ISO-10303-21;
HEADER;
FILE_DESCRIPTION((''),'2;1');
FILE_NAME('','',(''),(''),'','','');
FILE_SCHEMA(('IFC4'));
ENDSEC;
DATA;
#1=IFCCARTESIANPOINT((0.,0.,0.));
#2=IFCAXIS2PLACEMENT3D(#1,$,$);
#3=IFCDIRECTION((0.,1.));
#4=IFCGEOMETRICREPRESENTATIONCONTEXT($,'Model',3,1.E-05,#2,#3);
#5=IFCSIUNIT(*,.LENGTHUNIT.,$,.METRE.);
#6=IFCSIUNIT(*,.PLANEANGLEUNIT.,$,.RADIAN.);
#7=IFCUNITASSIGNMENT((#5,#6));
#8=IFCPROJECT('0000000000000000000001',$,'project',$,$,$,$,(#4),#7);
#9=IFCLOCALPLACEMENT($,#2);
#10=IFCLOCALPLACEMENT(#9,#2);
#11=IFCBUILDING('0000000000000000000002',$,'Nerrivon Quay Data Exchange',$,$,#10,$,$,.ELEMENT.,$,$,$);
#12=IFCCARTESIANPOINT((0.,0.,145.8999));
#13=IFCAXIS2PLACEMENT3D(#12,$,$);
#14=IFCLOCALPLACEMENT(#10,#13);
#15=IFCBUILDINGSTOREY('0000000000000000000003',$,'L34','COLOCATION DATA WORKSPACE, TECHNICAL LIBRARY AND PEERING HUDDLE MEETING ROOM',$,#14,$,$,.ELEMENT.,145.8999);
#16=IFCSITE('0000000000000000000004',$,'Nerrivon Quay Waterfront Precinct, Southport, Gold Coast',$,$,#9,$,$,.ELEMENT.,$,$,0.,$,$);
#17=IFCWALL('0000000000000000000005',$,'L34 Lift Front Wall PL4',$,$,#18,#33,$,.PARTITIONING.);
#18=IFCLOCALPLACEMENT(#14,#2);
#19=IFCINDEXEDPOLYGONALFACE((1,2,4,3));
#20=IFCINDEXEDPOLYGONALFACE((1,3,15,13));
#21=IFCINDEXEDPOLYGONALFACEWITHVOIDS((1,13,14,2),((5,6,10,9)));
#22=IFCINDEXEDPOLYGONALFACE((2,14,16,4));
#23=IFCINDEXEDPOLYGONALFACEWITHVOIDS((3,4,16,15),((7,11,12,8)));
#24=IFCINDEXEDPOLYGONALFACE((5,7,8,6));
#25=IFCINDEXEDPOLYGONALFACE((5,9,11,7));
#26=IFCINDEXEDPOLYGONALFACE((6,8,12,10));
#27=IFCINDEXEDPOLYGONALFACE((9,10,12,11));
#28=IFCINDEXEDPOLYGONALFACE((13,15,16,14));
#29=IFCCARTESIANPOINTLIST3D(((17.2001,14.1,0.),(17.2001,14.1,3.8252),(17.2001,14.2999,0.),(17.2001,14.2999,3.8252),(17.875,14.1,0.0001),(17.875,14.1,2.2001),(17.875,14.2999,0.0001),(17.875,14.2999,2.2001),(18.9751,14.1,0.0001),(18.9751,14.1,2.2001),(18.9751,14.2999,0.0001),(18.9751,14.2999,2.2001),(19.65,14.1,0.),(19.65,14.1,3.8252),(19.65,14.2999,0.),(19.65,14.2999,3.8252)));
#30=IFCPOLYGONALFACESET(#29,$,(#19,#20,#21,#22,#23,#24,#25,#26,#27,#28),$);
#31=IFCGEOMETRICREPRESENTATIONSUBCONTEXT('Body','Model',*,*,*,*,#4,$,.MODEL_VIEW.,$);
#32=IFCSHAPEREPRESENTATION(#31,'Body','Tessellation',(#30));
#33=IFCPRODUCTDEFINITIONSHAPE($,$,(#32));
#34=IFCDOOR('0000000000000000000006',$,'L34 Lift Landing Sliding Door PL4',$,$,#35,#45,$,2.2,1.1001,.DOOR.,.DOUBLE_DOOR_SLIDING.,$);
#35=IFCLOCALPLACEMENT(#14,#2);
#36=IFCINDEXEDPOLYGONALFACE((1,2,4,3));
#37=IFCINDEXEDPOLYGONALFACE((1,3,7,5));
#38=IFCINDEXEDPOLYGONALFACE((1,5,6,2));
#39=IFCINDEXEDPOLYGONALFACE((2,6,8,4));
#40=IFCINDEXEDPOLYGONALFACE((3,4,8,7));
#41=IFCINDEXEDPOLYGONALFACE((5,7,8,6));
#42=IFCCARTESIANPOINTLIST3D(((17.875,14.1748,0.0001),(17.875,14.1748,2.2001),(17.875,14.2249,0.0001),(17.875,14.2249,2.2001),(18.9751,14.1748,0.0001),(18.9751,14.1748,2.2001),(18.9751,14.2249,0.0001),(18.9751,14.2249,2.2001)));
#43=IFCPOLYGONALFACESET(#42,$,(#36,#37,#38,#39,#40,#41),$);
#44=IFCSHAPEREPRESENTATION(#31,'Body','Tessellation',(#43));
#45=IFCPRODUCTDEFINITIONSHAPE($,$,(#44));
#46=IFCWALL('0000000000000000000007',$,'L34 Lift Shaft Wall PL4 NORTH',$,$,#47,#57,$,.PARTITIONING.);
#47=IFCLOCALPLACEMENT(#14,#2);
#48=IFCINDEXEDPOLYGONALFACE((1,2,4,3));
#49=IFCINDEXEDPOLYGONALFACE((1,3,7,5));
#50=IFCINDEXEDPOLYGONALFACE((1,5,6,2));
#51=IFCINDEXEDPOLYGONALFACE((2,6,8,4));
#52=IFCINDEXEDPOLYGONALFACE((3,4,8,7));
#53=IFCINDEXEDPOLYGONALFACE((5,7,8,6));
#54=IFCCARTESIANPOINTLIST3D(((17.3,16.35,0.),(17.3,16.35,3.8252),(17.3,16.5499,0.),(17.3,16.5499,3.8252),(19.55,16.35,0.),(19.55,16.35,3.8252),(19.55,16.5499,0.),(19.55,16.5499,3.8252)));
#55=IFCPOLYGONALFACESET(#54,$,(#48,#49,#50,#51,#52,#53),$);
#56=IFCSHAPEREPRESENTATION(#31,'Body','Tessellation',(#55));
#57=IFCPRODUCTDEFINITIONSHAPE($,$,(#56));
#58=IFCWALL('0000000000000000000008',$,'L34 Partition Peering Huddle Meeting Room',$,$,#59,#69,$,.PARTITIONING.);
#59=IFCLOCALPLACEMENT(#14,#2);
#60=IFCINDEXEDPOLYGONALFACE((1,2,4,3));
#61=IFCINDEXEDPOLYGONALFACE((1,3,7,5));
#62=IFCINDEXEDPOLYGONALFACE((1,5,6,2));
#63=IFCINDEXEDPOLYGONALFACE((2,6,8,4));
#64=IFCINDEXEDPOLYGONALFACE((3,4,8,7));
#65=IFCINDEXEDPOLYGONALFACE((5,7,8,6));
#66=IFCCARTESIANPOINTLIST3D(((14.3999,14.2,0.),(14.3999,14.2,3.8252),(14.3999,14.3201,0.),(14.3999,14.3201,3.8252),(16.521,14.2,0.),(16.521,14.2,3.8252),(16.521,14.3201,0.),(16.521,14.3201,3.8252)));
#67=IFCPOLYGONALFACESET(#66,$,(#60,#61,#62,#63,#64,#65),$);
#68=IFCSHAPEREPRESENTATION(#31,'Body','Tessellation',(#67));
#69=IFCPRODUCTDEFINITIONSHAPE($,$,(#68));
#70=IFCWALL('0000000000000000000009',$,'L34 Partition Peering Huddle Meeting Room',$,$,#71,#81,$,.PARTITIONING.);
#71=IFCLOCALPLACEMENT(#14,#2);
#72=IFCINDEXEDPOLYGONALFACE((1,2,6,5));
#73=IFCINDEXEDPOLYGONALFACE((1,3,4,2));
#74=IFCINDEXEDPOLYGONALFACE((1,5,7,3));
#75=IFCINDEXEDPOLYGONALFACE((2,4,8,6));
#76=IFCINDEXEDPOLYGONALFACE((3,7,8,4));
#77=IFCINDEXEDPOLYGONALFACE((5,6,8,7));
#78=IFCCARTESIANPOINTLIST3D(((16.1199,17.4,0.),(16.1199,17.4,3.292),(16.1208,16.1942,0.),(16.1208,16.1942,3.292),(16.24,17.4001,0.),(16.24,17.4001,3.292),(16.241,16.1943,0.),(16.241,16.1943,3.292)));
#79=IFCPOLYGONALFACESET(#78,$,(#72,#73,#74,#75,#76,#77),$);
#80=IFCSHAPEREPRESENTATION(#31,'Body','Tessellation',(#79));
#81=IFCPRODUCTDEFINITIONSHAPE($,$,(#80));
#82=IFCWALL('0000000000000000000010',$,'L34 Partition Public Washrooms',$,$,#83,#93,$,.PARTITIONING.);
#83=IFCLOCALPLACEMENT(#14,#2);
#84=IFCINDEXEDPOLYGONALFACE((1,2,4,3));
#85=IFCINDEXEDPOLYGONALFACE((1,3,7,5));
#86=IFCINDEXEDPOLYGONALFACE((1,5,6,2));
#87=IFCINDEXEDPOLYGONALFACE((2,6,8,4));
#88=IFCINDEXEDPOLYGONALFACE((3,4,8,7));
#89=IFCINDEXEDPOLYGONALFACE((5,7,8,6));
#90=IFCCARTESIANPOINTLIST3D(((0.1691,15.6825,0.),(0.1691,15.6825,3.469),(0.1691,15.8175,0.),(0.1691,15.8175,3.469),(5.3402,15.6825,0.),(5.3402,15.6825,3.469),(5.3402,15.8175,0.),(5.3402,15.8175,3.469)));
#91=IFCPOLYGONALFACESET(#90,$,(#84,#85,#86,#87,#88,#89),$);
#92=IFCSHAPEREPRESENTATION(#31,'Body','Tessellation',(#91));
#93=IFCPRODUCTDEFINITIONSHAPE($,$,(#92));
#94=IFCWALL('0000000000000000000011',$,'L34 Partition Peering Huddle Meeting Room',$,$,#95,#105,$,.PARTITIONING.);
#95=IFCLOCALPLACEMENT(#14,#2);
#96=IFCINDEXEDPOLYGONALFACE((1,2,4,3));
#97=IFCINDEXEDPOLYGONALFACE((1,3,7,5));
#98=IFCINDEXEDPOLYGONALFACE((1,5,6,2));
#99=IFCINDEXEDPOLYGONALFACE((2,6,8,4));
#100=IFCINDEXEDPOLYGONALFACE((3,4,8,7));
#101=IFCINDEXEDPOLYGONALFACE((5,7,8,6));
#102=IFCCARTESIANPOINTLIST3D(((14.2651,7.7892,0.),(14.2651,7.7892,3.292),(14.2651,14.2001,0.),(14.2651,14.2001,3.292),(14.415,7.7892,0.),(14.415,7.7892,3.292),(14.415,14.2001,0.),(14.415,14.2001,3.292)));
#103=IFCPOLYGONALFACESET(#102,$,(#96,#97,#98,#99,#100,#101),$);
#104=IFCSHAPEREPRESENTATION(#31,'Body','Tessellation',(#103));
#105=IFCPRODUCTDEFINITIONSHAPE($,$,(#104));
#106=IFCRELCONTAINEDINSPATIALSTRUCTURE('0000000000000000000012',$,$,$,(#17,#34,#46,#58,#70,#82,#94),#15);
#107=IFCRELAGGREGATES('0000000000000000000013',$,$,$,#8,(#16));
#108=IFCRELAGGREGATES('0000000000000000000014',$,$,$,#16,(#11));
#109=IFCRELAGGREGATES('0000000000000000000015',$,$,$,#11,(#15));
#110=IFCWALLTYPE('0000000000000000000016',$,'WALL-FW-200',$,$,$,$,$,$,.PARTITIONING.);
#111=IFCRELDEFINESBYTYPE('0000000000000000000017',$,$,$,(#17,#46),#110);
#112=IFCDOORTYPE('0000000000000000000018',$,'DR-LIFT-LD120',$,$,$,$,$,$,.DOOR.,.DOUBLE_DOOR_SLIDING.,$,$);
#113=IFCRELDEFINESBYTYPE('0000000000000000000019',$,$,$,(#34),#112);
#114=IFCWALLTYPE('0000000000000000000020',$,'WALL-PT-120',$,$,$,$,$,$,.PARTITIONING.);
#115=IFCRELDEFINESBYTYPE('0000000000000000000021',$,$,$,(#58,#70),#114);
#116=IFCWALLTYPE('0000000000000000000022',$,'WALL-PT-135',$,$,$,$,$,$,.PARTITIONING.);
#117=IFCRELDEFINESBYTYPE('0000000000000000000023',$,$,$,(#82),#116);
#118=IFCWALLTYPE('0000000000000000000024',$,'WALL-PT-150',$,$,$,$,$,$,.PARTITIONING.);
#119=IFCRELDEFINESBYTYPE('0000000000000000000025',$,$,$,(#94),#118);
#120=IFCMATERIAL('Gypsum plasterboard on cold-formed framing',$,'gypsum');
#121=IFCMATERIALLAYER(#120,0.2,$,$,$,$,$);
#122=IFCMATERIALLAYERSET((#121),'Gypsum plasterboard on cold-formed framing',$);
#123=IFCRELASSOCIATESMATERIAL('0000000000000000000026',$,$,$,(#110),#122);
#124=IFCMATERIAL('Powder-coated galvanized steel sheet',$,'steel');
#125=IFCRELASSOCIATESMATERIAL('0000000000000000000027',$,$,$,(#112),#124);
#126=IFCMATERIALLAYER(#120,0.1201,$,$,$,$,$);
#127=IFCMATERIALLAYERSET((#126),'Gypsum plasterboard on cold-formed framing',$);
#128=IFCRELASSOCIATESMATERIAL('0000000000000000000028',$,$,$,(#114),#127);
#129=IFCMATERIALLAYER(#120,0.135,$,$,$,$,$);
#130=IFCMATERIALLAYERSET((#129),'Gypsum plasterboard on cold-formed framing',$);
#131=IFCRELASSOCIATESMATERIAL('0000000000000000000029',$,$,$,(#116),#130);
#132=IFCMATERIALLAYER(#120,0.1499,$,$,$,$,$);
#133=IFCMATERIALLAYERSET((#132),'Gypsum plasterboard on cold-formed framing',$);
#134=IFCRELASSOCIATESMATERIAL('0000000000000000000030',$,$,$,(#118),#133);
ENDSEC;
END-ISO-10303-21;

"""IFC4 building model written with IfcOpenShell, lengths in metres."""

from ifc_helpers import new_model, si_unit, direction, frame, frame_2d, origin, place, context, subcontext, project, spatial, rectangle, extrude, material, layer, layer_set, type_object, element, fill, save


model = new_model("IFC4")

# Units and contexts
model_context = context("Model", 3, precision=1e-05, world=origin(), true_north=direction((0.0, 1.0)))
body_context = subcontext(model_context, "Body", "Model", "MODEL_VIEW")
ifc_project = project(units=[si_unit("LENGTHUNIT", "METRE"), si_unit("PLANEANGLEUNIT", "RADIAN")], contexts=[model_context])

# Site, building, storey
site_placement = place(None, origin())
site = spatial("IfcSite", under=ifc_project, at=site_placement, Name="Nerrivon Quay Waterfront Precinct, Southport, Gold Coast", CompositionType="ELEMENT", RefElevation=0.0)
building_placement = place(site_placement, origin())
building = spatial("IfcBuilding", under=site, at=building_placement, Name="Nerrivon Quay Data Exchange", CompositionType="ELEMENT")
storey_placement = place(building_placement, frame((0.0, 0.0, 145.8999)))
storey = spatial("IfcBuildingStorey", under=building, at=storey_placement, Name="L34", Description="COLOCATION DATA WORKSPACE, TECHNICAL LIBRARY AND PEERING HUDDLE MEETING ROOM", CompositionType="ELEMENT", Elevation=145.8999)

# Shared definitions
ifc_material_1 = material(Name="Powder-coated galvanized steel sheet", Category="steel")
ifc_material_2 = material(Name="Gypsum plasterboard on cold-formed framing", Category="gypsum")
ifc_layer_1 = layer(ifc_material_2, 0.2)
ifc_layer_set_1 = layer_set([ifc_layer_1], Name="Gypsum plasterboard on cold-formed framing")
wall_type_1 = type_object("IfcWallType", Name="WALL-FW-200", PredefinedType="PARTITIONING", material=ifc_layer_set_1)
door_type_1 = type_object("IfcDoorType", Name="DR-LIFT-LD120", OperationType="DOUBLE_DOOR_SLIDING", PredefinedType="DOOR", material=ifc_material_1)

# Wall, opening, door
wall_1_placement = place(storey_placement, frame((17.2, 14.2, 0.0), z_axis=(0.0, 0.0, 1.0), x_axis=(1.0, 0.0, 0.0)))
wall_1 = element("IfcWall", 1, at=wall_1_placement, inside=storey, type_object=wall_type_1, Name="L34 Lift Front Wall PL4", PredefinedType="PARTITIONING", context=body_context, shape_type="SweptSolid", body=[
    extrude(rectangle(XDim=2.45, YDim=0.2, at=frame_2d((1.2251, 0.0))), origin(), (0.0, 0.0, 1.0), 3.8252),
])
opening_1_placement = place(wall_1_placement, frame((0.675, 0.0, 0.0)))
opening_1 = element("IfcOpeningElement", 2, at=opening_1_placement, cuts=wall_1, PredefinedType="OPENING", context=body_context, shape_type="SweptSolid", body=[
    extrude(rectangle(XDim=1.1001, YDim=2.2, at=frame_2d((0.55, 1.1001))), frame((0.0, 0.1099, 0.0), z_axis=(0.0, -1.0, 0.0), x_axis=(1.0, 0.0, 0.0)), (0.0, 0.0, 1.0), 0.22),
])
door_1_placement = place(opening_1_placement, origin())
door_1 = element("IfcDoor", 3, at=door_1_placement, inside=storey, type_object=door_type_1, Name="L34 Lift Landing Sliding Door PL4", OperationType="DOUBLE_DOOR_SLIDING", OverallHeight=2.2, OverallWidth=1.1001, PredefinedType="DOOR", context=body_context, shape_type="SweptSolid", body=[
    extrude(rectangle(XDim=1.1001, YDim=2.2, at=frame_2d((0.55, 1.1001))), frame((0.0, 0.0249, 0.0), z_axis=(0.0, -1.0, 0.0), x_axis=(1.0, 0.0, 0.0)), (0.0, 0.0, 1.0), 0.05),
])
fill(opening_1, door_1)

# Walls
wall_2_placement = place(storey_placement, frame((17.3, 16.45, 0.0), z_axis=(0.0, 0.0, 1.0), x_axis=(1.0, 0.0, 0.0)))
element("IfcWall", 4, at=wall_2_placement, inside=storey, type_object=wall_type_1, Name="L34 Lift Shaft Wall PL4 NORTH", PredefinedType="PARTITIONING", context=body_context, shape_type="SweptSolid", body=[
    extrude(rectangle(XDim=2.25, YDim=0.2, at=frame_2d((1.125, 0.0))), origin(), (0.0, 0.0, 1.0), 3.8252),
])
ifc_layer_2 = layer(ifc_material_2, 0.1201)
ifc_layer_set_2 = layer_set([ifc_layer_2], Name="Gypsum plasterboard on cold-formed framing")
wall_type_2 = type_object("IfcWallType", Name="WALL-PT-120", PredefinedType="PARTITIONING", material=ifc_layer_set_2)
wall_3_placement = place(storey_placement, frame((14.3999, 14.26, 0.0), z_axis=(0.0, 0.0, 1.0), x_axis=(1.0, 0.0, 0.0)))
element("IfcWall", 5, at=wall_3_placement, inside=storey, type_object=wall_type_2, Name="L34 Partition Peering Huddle Meeting Room", PredefinedType="PARTITIONING", context=body_context, shape_type="SweptSolid", body=[
    extrude(rectangle(XDim=2.1211, YDim=0.1201, at=frame_2d((1.0605, 0.0))), origin(), (0.0, 0.0, 1.0), 3.8252),
])
wall_4_placement = place(storey_placement, frame((16.1809, 16.1941, 0.0), z_axis=(0.0, 0.0, 1.0), x_axis=(-0.00081, 1.0, 0.0)))
element("IfcWall", 6, at=wall_4_placement, inside=storey, type_object=wall_type_2, Name="L34 Partition Peering Huddle Meeting Room", PredefinedType="PARTITIONING", context=body_context, shape_type="SweptSolid", body=[
    extrude(rectangle(XDim=1.2058, YDim=0.1201, at=frame_2d((0.603, 0.0))), origin(), (0.0, 0.0, 1.0), 3.292),
])
ifc_layer_3 = layer(ifc_material_2, 0.135)
ifc_layer_set_3 = layer_set([ifc_layer_3], Name="Gypsum plasterboard on cold-formed framing")
wall_type_3 = type_object("IfcWallType", Name="WALL-PT-135", PredefinedType="PARTITIONING", material=ifc_layer_set_3)
wall_5_placement = place(storey_placement, frame((5.3401, 15.75, 0.0), z_axis=(0.0, 0.0, 1.0), x_axis=(-1.0, 0.0, 0.0)))
element("IfcWall", 7, at=wall_5_placement, inside=storey, type_object=wall_type_3, Name="L34 Partition Public Washrooms", PredefinedType="PARTITIONING", context=body_context, shape_type="SweptSolid", body=[
    extrude(rectangle(XDim=5.1711, YDim=0.135, at=frame_2d((2.5854, 0.0))), origin(), (0.0, 0.0, 1.0), 3.469),
])

# Wall
ifc_layer_4 = layer(ifc_material_2, 0.1499)
ifc_layer_set_4 = layer_set([ifc_layer_4], Name="Gypsum plasterboard on cold-formed framing")
wall_type_4 = type_object("IfcWallType", Name="WALL-PT-150", PredefinedType="PARTITIONING", material=ifc_layer_set_4)
wall_6_placement = place(storey_placement, frame((14.3401, 7.7891, 0.0), z_axis=(0.0, 0.0, 1.0), x_axis=(0.0, 1.0, 0.0)))
element("IfcWall", 8, at=wall_6_placement, inside=storey, type_object=wall_type_4, Name="L34 Partition Peering Huddle Meeting Room", PredefinedType="PARTITIONING", context=body_context, shape_type="SweptSolid", body=[
    extrude(rectangle(XDim=6.4109, YDim=0.1499, at=frame_2d((3.2056, 0.0))), origin(), (0.0, 0.0, 1.0), 3.292),
])

save(model, "model.ifc")
